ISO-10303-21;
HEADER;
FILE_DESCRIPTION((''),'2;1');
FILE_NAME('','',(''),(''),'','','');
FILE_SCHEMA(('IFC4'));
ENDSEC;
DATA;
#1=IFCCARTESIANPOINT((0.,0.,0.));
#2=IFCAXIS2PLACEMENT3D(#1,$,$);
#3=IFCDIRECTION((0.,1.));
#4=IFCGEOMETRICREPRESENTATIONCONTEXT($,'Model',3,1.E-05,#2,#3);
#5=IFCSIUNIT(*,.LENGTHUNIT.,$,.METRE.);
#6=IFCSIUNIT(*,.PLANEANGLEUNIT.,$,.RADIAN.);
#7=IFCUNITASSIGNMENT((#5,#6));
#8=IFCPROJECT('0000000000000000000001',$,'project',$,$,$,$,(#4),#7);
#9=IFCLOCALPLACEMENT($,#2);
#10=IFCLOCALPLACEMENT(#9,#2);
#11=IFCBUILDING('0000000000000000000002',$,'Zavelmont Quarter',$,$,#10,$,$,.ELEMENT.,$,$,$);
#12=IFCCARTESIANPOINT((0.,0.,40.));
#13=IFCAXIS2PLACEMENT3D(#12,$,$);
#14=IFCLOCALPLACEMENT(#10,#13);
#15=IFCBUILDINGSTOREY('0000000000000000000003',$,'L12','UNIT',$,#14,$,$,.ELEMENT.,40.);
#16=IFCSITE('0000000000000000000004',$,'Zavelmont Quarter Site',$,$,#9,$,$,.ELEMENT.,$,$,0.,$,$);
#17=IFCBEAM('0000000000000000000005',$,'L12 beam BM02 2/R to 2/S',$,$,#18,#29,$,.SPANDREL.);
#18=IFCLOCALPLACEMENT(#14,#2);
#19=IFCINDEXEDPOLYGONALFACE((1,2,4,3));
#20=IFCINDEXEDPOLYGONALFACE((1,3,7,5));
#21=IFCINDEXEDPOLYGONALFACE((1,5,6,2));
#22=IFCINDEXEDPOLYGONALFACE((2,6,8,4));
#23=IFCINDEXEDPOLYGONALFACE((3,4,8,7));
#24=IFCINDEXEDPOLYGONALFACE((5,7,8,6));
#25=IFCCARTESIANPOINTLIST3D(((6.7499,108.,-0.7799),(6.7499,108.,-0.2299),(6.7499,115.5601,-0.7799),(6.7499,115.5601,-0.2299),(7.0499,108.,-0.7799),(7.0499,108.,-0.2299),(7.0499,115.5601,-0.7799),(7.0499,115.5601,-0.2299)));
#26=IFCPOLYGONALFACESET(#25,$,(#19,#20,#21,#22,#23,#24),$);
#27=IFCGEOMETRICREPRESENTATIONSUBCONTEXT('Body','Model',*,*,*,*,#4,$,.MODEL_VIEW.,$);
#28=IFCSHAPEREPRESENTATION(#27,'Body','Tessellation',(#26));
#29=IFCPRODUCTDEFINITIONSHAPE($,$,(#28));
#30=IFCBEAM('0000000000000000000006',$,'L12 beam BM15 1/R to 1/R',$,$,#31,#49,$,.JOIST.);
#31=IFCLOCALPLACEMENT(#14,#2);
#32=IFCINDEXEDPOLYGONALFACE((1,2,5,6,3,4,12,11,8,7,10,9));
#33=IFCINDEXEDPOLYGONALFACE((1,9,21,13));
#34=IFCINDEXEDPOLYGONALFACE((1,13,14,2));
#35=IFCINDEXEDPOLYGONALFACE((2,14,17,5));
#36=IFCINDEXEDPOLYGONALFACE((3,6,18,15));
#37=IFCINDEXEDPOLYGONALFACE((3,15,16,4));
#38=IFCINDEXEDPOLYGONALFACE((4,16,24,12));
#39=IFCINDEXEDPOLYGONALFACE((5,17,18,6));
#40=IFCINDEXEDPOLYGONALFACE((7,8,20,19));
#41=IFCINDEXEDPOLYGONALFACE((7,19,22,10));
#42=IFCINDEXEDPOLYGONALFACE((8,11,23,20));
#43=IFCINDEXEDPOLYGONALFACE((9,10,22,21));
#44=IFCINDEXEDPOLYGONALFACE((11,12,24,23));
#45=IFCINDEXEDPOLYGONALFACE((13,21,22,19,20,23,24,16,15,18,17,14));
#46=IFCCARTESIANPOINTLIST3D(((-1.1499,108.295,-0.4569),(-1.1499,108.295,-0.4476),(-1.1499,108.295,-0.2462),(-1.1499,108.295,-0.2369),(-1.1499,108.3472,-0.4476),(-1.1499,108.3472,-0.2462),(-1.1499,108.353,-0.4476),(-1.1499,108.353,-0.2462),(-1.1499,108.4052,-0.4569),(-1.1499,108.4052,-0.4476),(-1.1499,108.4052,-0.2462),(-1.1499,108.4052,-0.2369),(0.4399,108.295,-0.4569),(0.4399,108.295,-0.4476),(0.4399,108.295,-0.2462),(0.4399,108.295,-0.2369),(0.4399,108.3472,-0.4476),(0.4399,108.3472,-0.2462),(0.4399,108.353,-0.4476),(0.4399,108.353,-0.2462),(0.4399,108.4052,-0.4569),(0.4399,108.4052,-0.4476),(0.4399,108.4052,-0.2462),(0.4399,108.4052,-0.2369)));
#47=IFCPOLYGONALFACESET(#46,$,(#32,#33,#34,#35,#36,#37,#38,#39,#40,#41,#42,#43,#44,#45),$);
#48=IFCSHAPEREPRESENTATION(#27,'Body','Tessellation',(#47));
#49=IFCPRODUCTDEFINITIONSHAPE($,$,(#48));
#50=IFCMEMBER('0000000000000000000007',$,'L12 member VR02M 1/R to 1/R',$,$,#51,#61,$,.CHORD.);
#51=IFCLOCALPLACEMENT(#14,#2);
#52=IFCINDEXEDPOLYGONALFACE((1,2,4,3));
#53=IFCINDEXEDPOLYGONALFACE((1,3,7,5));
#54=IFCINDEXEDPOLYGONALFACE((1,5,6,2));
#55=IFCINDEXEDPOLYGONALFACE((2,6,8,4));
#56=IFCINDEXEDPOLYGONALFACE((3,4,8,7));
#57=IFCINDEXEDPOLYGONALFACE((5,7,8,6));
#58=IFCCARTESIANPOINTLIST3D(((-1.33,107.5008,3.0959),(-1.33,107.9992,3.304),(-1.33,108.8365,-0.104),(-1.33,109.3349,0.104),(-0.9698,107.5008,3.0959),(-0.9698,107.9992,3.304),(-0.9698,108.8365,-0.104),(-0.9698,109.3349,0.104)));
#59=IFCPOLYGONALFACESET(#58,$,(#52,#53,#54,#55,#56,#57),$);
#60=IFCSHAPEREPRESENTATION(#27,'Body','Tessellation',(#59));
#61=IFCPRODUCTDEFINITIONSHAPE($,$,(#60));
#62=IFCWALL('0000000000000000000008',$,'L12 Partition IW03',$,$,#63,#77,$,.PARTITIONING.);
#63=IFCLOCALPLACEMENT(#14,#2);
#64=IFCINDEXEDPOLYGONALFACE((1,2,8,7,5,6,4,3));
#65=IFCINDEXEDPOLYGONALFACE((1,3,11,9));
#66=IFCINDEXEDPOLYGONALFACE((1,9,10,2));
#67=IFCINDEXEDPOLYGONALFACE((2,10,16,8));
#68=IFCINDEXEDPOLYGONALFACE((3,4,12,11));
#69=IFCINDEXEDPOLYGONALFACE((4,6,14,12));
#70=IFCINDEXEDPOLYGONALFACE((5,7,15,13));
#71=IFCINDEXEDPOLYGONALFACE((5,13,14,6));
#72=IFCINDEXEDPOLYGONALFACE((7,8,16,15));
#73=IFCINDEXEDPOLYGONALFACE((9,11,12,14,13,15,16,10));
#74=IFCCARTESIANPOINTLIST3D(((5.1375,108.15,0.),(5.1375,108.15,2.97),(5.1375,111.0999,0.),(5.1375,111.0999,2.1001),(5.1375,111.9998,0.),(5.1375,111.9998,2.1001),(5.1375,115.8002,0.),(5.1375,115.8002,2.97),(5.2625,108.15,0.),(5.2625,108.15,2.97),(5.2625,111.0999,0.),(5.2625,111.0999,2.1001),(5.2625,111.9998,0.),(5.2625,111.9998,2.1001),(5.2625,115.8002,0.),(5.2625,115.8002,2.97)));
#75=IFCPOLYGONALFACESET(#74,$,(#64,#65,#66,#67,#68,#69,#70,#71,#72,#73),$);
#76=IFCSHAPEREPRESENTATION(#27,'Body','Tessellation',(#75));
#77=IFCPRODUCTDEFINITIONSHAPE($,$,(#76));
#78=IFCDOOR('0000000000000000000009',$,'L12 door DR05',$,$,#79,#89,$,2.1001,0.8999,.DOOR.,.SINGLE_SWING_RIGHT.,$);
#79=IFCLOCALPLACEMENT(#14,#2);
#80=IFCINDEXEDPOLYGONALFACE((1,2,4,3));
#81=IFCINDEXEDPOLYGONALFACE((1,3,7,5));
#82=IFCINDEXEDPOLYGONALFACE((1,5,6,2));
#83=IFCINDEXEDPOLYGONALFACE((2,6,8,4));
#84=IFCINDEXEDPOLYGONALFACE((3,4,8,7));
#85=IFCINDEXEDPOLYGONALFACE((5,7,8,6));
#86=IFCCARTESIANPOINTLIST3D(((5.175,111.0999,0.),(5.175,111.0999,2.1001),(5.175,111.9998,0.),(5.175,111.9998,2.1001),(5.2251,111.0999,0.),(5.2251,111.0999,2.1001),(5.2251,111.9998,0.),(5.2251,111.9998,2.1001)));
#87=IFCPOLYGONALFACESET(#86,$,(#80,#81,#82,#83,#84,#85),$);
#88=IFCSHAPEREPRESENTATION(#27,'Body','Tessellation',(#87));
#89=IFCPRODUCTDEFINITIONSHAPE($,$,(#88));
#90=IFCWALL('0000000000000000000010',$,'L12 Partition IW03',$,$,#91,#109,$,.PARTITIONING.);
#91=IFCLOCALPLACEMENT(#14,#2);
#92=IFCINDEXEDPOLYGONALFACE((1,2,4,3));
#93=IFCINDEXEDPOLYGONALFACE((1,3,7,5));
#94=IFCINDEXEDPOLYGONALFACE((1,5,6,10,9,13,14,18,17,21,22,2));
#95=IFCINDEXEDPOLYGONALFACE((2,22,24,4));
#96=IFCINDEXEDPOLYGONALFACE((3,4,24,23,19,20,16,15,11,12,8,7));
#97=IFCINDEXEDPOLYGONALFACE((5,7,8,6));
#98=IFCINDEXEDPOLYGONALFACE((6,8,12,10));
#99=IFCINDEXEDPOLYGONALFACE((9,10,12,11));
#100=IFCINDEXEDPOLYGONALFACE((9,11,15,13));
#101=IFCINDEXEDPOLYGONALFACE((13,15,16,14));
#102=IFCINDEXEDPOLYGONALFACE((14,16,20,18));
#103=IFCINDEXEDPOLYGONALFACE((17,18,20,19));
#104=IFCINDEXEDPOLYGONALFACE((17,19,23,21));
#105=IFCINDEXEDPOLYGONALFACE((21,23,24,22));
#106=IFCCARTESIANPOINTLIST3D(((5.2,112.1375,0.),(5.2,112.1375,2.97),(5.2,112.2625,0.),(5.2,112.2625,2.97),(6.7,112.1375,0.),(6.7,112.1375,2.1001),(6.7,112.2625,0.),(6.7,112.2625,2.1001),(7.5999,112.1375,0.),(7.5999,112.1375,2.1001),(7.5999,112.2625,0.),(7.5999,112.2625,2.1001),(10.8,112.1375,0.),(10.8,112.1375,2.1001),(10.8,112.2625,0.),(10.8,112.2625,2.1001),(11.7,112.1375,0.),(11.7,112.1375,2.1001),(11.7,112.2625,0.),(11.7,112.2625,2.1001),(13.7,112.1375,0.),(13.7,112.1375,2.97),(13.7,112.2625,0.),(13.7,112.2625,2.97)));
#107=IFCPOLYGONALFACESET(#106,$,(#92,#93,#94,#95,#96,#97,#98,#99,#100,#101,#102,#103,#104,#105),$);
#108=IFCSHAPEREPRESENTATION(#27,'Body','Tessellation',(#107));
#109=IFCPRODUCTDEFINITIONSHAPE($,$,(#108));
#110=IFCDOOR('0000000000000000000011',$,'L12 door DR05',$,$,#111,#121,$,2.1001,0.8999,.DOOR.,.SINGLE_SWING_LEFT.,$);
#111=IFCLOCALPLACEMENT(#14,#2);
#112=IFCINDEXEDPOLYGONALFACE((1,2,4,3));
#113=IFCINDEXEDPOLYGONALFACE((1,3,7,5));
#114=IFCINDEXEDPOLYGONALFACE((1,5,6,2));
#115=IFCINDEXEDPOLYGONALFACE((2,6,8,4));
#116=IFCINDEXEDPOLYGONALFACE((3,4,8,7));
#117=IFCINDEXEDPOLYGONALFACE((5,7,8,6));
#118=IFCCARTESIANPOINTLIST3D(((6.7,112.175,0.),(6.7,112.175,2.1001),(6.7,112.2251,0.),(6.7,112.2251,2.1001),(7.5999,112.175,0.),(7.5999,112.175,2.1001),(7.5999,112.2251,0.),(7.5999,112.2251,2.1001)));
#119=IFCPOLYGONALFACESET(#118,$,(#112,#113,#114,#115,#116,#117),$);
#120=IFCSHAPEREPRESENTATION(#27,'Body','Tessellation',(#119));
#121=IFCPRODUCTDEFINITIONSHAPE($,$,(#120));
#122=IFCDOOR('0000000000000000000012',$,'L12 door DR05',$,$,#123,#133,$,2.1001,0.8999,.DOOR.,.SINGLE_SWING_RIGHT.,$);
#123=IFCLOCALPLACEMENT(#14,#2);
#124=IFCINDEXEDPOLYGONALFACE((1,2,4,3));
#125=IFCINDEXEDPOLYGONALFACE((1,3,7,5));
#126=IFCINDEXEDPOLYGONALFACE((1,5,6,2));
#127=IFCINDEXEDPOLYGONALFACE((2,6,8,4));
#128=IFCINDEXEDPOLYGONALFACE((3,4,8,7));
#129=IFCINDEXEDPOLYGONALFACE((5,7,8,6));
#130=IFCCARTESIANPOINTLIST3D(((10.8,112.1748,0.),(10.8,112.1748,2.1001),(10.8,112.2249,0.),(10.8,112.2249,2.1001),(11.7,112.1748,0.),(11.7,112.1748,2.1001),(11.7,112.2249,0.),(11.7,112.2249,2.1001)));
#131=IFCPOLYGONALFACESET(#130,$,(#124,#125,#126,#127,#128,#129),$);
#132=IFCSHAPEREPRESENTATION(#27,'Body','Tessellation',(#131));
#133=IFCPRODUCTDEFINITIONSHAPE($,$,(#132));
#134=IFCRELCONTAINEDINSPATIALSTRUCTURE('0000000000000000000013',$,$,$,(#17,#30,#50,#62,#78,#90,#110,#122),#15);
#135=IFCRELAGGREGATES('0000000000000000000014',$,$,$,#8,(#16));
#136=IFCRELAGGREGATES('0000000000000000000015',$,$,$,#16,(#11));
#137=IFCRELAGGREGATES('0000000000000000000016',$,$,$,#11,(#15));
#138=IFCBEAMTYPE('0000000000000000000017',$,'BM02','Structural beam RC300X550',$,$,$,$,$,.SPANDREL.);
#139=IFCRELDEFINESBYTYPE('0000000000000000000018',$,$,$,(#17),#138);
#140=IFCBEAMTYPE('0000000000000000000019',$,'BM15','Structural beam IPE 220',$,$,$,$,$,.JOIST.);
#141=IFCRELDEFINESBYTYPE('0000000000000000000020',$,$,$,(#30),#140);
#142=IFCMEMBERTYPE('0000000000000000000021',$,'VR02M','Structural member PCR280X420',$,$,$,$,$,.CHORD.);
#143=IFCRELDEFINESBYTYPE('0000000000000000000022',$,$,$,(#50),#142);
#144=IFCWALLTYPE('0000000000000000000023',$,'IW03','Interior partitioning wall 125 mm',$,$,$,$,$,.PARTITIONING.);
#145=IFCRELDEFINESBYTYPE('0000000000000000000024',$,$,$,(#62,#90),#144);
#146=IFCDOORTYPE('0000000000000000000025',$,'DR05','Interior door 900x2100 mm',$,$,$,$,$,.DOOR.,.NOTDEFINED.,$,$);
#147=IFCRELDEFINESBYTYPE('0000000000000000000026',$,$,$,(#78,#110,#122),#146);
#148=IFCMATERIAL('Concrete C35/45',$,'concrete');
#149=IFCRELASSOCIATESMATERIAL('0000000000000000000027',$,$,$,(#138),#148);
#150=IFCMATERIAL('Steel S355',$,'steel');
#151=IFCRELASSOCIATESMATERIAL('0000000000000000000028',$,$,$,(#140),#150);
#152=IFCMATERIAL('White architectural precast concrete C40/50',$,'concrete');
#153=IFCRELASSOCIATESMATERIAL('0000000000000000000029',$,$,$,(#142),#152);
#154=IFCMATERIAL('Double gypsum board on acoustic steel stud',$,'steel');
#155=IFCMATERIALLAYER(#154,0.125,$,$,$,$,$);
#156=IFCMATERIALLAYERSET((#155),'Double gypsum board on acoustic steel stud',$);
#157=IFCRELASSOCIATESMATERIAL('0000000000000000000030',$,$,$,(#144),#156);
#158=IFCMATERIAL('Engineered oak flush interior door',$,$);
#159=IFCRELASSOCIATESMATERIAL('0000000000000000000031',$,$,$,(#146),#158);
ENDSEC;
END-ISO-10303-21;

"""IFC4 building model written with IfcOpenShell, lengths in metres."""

from ifc_helpers import new_model, si_unit, direction, frame, frame_2d, origin, origin_with_axes, origin_2d, place, context, subcontext, project, spatial, rectangle, i_section, extrude, material, layer, layer_set, material_profile, profile_set, type_object, element, fill, save


model = new_model("IFC4")

# Units and contexts
model_context = context("Model", 3, precision=1e-05, world=origin(), true_north=direction((0.0, 1.0)))
body_context = subcontext(model_context, "Body", "Model", "MODEL_VIEW")
ifc_project = project(units=[si_unit("LENGTHUNIT", "METRE"), si_unit("PLANEANGLEUNIT", "RADIAN")], contexts=[model_context])

# Site, building, storey
site_placement = place(None, origin())
site = spatial("IfcSite", under=ifc_project, at=site_placement, Name="Zavelmont Quarter Site", CompositionType="ELEMENT", RefElevation=0.0)
building_placement = place(site_placement, origin())
building = spatial("IfcBuilding", under=site, at=building_placement, Name="Zavelmont Quarter", CompositionType="ELEMENT")
storey_placement = place(building_placement, frame((0.0, 0.0, 40.0)))
storey = spatial("IfcBuildingStorey", under=building, at=storey_placement, Name="L12", Description="UNIT", CompositionType="ELEMENT", Elevation=40.0)

# Beams
ifc_material_1 = material(Name="Concrete C35/45", Category="concrete")
ifc_material_profile_1 = material_profile(ifc_material_1, rectangle(XDim=0.3, YDim=0.55, at=origin_2d()), Name="RC300X550")
ifc_profile_set_1 = profile_set([ifc_material_profile_1], Name="Concrete C35/45")
beam_type_1 = type_object("IfcBeamType", Name="BM02", Description="Structural beam RC300X550", PredefinedType="SPANDREL", material=ifc_profile_set_1)
beam_1_placement = place(storey_placement, frame((6.8999, 108.0, -0.5049), z_axis=(0.0, 1.0, 0.0), x_axis=(-1.0, 0.0, 0.0)))
element("IfcBeam", 1, at=beam_1_placement, inside=storey, type_object=beam_type_1, Name="L12 beam BM02 2/R to 2/S", PredefinedType="SPANDREL", context=body_context, shape_type="SweptSolid", body=[
    extrude(rectangle(XDim=0.3, YDim=0.55, at=origin_2d()), origin(), (0.0, 0.0, 1.0), 7.5601),
])
ifc_material_2 = material(Name="Steel S355", Category="steel")
ifc_material_profile_2 = material_profile(ifc_material_2, i_section(OverallWidth=0.1101, OverallDepth=0.22, WebThickness=0.0059, FlangeThickness=0.0093, at=origin_2d()), Name="IPE 220")
ifc_profile_set_2 = profile_set([ifc_material_profile_2], Name="Steel S355")
beam_type_2 = type_object("IfcBeamType", Name="BM15", Description="Structural beam IPE 220", PredefinedType="JOIST", material=ifc_profile_set_2)
beam_2_placement = place(storey_placement, frame((0.4399, 108.3501, -0.3469), z_axis=(-1.0, 0.0, 0.0), x_axis=(0.0, -1.0, 0.0)))
element("IfcBeam", 2, at=beam_2_placement, inside=storey, type_object=beam_type_2, Name="L12 beam BM15 1/R to 1/R", PredefinedType="JOIST", context=body_context, shape_type="SweptSolid", body=[
    extrude(i_section(OverallWidth=0.1101, OverallDepth=0.22, WebThickness=0.0059, FlangeThickness=0.0093, at=origin_2d()), origin(), (0.0, 0.0, 1.0), 1.5898),
])

# Member
ifc_material_3 = material(Name="White architectural precast concrete C40/50", Category="concrete")
ifc_material_profile_3 = material_profile(ifc_material_3, rectangle(XDim=0.3601, YDim=0.54, at=origin_2d()), Name="PCR280X420")
ifc_profile_set_3 = profile_set([ifc_material_profile_3], Name="White architectural precast concrete C40/50")
member_type = type_object("IfcMemberType", Name="VR02M", Description="Structural member PCR280X420", PredefinedType="CHORD", material=ifc_profile_set_3)
member_placement = place(storey_placement, frame((-1.1499, 109.0857, 0.0), z_axis=(0.0, -0.3852, 0.922833), x_axis=(1.0, 0.0, 0.0)))
element("IfcMember", 3, at=member_placement, inside=storey, type_object=member_type, Name="L12 member VR02M 1/R to 1/R", PredefinedType="CHORD", context=body_context, shape_type="SweptSolid", body=[
    extrude(rectangle(XDim=0.3601, YDim=0.54, at=origin_2d()), origin(), (0.0, 0.0, 1.0), 3.4675),
])

# Wall, opening, door
ifc_material_4 = material(Name="Double gypsum board on acoustic steel stud", Category="steel")
ifc_layer_1 = layer(ifc_material_4, 0.125)
ifc_layer_set_1 = layer_set([ifc_layer_1], Name="Double gypsum board on acoustic steel stud")
wall_type_1 = type_object("IfcWallType", Name="IW03", Description="Interior partitioning wall 125 mm", PredefinedType="PARTITIONING", material=ifc_layer_set_1)
wall_1_placement = place(storey_placement, frame((5.2, 108.1499, 0.0), z_axis=(0.0, 0.0, 1.0), x_axis=(0.0, 1.0, 0.0)))
wall_1 = element("IfcWall", 4, at=wall_1_placement, inside=storey, type_object=wall_type_1, Name="L12 Partition IW03", PredefinedType="PARTITIONING", context=body_context, shape_type="SweptSolid", body=[
    extrude(rectangle(XDim=7.6501, YDim=0.125, at=frame_2d((3.8252, 0.0))), origin(), (0.0, 0.0, 1.0), 2.97),
])
opening_1_placement = place(wall_1_placement, frame((2.95, 0.0, 0.0)))
opening_1 = element("IfcOpeningElement", 5, at=opening_1_placement, cuts=wall_1, PredefinedType="OPENING", context=body_context, shape_type="SweptSolid", body=[
    extrude(rectangle(XDim=0.8999, YDim=2.1001, at=frame_2d((0.45, 1.05))), frame((0.0, 0.0745, 0.0), z_axis=(0.0, -1.0, 0.0), x_axis=(1.0, 0.0, 0.0)), (0.0, 0.0, 1.0), 0.1489),
])
ifc_material_5 = material(Name="Engineered oak flush interior door")
door_type_1 = type_object("IfcDoorType", Name="DR05", Description="Interior door 900x2100 mm", OperationType="NOTDEFINED", PredefinedType="DOOR", material=ifc_material_5)
door_1_placement = place(opening_1_placement, origin_with_axes())
door_1 = element("IfcDoor", 6, at=door_1_placement, inside=storey, type_object=door_type_1, Name="L12 door DR05", OperationType="SINGLE_SWING_RIGHT", OverallHeight=2.1001, OverallWidth=0.8999, PredefinedType="DOOR", context=body_context, shape_type="SweptSolid", body=[
    extrude(rectangle(XDim=0.8999, YDim=2.1001, at=frame_2d((0.45, 1.05))), frame((0.0, 0.0249, 0.0), z_axis=(0.0, -1.0, 0.0), x_axis=(1.0, 0.0, 0.0)), (0.0, 0.0, 1.0), 0.05),
])
fill(opening_1, door_1)

# Wall, openings, doors
wall_2_placement = place(storey_placement, frame((5.2, 112.2, 0.0), z_axis=(0.0, 0.0, 1.0), x_axis=(1.0, 0.0, 0.0)))
wall_2 = element("IfcWall", 7, at=wall_2_placement, inside=storey, type_object=wall_type_1, Name="L12 Partition IW03", PredefinedType="PARTITIONING", context=body_context, shape_type="SweptSolid", body=[
    extrude(rectangle(XDim=8.5, YDim=0.125, at=frame_2d((4.25, 0.0))), origin(), (0.0, 0.0, 1.0), 2.97),
])
opening_2_placement = place(wall_2_placement, frame((1.5, 0.0, 0.0)))
opening_2 = element("IfcOpeningElement", 8, at=opening_2_placement, cuts=wall_2, PredefinedType="OPENING", context=body_context, shape_type="SweptSolid", body=[
    extrude(rectangle(XDim=0.8999, YDim=2.1001, at=frame_2d((0.45, 1.05))), frame((0.0, 0.0745, 0.0), z_axis=(0.0, -1.0, 0.0), x_axis=(1.0, 0.0, 0.0)), (0.0, 0.0, 1.0), 0.1489),
])
opening_3_placement = place(wall_2_placement, frame((5.6001, 0.0, 0.0)))
opening_3 = element("IfcOpeningElement", 9, at=opening_3_placement, cuts=wall_2, PredefinedType="OPENING", context=body_context, shape_type="SweptSolid", body=[
    extrude(rectangle(XDim=0.8999, YDim=2.1001, at=frame_2d((0.45, 1.05))), frame((0.0, 0.0745, 0.0), z_axis=(0.0, -1.0, 0.0), x_axis=(1.0, 0.0, 0.0)), (0.0, 0.0, 1.0), 0.1489),
])
door_2_placement = place(opening_2_placement, frame((0.8999, 0.0, 0.0), z_axis=(0.0, 0.0, 1.0), x_axis=(-1.0, 0.0, 0.0)))
door_2 = element("IfcDoor", 10, at=door_2_placement, inside=storey, type_object=door_type_1, Name="L12 door DR05", OperationType="SINGLE_SWING_LEFT", OverallHeight=2.1001, OverallWidth=0.8999, PredefinedType="DOOR", context=body_context, shape_type="SweptSolid", body=[
    extrude(rectangle(XDim=0.8999, YDim=2.1001, at=frame_2d((0.45, 1.05))), frame((0.0, 0.0249, 0.0), z_axis=(0.0, -1.0, 0.0), x_axis=(1.0, 0.0, 0.0)), (0.0, 0.0, 1.0), 0.05),
])
fill(opening_2, door_2)
door_3_placement = place(opening_3_placement, origin_with_axes())
door_3 = element("IfcDoor", 11, at=door_3_placement, inside=storey, type_object=door_type_1, Name="L12 door DR05", OperationType="SINGLE_SWING_RIGHT", OverallHeight=2.1001, OverallWidth=0.8999, PredefinedType="DOOR", context=body_context, shape_type="SweptSolid", body=[
    extrude(rectangle(XDim=0.8999, YDim=2.1001, at=frame_2d((0.45, 1.05))), frame((0.0, 0.0249, 0.0), z_axis=(0.0, -1.0, 0.0), x_axis=(1.0, 0.0, 0.0)), (0.0, 0.0, 1.0), 0.05),
])
fill(opening_3, door_3)

save(model, "model.ifc")
